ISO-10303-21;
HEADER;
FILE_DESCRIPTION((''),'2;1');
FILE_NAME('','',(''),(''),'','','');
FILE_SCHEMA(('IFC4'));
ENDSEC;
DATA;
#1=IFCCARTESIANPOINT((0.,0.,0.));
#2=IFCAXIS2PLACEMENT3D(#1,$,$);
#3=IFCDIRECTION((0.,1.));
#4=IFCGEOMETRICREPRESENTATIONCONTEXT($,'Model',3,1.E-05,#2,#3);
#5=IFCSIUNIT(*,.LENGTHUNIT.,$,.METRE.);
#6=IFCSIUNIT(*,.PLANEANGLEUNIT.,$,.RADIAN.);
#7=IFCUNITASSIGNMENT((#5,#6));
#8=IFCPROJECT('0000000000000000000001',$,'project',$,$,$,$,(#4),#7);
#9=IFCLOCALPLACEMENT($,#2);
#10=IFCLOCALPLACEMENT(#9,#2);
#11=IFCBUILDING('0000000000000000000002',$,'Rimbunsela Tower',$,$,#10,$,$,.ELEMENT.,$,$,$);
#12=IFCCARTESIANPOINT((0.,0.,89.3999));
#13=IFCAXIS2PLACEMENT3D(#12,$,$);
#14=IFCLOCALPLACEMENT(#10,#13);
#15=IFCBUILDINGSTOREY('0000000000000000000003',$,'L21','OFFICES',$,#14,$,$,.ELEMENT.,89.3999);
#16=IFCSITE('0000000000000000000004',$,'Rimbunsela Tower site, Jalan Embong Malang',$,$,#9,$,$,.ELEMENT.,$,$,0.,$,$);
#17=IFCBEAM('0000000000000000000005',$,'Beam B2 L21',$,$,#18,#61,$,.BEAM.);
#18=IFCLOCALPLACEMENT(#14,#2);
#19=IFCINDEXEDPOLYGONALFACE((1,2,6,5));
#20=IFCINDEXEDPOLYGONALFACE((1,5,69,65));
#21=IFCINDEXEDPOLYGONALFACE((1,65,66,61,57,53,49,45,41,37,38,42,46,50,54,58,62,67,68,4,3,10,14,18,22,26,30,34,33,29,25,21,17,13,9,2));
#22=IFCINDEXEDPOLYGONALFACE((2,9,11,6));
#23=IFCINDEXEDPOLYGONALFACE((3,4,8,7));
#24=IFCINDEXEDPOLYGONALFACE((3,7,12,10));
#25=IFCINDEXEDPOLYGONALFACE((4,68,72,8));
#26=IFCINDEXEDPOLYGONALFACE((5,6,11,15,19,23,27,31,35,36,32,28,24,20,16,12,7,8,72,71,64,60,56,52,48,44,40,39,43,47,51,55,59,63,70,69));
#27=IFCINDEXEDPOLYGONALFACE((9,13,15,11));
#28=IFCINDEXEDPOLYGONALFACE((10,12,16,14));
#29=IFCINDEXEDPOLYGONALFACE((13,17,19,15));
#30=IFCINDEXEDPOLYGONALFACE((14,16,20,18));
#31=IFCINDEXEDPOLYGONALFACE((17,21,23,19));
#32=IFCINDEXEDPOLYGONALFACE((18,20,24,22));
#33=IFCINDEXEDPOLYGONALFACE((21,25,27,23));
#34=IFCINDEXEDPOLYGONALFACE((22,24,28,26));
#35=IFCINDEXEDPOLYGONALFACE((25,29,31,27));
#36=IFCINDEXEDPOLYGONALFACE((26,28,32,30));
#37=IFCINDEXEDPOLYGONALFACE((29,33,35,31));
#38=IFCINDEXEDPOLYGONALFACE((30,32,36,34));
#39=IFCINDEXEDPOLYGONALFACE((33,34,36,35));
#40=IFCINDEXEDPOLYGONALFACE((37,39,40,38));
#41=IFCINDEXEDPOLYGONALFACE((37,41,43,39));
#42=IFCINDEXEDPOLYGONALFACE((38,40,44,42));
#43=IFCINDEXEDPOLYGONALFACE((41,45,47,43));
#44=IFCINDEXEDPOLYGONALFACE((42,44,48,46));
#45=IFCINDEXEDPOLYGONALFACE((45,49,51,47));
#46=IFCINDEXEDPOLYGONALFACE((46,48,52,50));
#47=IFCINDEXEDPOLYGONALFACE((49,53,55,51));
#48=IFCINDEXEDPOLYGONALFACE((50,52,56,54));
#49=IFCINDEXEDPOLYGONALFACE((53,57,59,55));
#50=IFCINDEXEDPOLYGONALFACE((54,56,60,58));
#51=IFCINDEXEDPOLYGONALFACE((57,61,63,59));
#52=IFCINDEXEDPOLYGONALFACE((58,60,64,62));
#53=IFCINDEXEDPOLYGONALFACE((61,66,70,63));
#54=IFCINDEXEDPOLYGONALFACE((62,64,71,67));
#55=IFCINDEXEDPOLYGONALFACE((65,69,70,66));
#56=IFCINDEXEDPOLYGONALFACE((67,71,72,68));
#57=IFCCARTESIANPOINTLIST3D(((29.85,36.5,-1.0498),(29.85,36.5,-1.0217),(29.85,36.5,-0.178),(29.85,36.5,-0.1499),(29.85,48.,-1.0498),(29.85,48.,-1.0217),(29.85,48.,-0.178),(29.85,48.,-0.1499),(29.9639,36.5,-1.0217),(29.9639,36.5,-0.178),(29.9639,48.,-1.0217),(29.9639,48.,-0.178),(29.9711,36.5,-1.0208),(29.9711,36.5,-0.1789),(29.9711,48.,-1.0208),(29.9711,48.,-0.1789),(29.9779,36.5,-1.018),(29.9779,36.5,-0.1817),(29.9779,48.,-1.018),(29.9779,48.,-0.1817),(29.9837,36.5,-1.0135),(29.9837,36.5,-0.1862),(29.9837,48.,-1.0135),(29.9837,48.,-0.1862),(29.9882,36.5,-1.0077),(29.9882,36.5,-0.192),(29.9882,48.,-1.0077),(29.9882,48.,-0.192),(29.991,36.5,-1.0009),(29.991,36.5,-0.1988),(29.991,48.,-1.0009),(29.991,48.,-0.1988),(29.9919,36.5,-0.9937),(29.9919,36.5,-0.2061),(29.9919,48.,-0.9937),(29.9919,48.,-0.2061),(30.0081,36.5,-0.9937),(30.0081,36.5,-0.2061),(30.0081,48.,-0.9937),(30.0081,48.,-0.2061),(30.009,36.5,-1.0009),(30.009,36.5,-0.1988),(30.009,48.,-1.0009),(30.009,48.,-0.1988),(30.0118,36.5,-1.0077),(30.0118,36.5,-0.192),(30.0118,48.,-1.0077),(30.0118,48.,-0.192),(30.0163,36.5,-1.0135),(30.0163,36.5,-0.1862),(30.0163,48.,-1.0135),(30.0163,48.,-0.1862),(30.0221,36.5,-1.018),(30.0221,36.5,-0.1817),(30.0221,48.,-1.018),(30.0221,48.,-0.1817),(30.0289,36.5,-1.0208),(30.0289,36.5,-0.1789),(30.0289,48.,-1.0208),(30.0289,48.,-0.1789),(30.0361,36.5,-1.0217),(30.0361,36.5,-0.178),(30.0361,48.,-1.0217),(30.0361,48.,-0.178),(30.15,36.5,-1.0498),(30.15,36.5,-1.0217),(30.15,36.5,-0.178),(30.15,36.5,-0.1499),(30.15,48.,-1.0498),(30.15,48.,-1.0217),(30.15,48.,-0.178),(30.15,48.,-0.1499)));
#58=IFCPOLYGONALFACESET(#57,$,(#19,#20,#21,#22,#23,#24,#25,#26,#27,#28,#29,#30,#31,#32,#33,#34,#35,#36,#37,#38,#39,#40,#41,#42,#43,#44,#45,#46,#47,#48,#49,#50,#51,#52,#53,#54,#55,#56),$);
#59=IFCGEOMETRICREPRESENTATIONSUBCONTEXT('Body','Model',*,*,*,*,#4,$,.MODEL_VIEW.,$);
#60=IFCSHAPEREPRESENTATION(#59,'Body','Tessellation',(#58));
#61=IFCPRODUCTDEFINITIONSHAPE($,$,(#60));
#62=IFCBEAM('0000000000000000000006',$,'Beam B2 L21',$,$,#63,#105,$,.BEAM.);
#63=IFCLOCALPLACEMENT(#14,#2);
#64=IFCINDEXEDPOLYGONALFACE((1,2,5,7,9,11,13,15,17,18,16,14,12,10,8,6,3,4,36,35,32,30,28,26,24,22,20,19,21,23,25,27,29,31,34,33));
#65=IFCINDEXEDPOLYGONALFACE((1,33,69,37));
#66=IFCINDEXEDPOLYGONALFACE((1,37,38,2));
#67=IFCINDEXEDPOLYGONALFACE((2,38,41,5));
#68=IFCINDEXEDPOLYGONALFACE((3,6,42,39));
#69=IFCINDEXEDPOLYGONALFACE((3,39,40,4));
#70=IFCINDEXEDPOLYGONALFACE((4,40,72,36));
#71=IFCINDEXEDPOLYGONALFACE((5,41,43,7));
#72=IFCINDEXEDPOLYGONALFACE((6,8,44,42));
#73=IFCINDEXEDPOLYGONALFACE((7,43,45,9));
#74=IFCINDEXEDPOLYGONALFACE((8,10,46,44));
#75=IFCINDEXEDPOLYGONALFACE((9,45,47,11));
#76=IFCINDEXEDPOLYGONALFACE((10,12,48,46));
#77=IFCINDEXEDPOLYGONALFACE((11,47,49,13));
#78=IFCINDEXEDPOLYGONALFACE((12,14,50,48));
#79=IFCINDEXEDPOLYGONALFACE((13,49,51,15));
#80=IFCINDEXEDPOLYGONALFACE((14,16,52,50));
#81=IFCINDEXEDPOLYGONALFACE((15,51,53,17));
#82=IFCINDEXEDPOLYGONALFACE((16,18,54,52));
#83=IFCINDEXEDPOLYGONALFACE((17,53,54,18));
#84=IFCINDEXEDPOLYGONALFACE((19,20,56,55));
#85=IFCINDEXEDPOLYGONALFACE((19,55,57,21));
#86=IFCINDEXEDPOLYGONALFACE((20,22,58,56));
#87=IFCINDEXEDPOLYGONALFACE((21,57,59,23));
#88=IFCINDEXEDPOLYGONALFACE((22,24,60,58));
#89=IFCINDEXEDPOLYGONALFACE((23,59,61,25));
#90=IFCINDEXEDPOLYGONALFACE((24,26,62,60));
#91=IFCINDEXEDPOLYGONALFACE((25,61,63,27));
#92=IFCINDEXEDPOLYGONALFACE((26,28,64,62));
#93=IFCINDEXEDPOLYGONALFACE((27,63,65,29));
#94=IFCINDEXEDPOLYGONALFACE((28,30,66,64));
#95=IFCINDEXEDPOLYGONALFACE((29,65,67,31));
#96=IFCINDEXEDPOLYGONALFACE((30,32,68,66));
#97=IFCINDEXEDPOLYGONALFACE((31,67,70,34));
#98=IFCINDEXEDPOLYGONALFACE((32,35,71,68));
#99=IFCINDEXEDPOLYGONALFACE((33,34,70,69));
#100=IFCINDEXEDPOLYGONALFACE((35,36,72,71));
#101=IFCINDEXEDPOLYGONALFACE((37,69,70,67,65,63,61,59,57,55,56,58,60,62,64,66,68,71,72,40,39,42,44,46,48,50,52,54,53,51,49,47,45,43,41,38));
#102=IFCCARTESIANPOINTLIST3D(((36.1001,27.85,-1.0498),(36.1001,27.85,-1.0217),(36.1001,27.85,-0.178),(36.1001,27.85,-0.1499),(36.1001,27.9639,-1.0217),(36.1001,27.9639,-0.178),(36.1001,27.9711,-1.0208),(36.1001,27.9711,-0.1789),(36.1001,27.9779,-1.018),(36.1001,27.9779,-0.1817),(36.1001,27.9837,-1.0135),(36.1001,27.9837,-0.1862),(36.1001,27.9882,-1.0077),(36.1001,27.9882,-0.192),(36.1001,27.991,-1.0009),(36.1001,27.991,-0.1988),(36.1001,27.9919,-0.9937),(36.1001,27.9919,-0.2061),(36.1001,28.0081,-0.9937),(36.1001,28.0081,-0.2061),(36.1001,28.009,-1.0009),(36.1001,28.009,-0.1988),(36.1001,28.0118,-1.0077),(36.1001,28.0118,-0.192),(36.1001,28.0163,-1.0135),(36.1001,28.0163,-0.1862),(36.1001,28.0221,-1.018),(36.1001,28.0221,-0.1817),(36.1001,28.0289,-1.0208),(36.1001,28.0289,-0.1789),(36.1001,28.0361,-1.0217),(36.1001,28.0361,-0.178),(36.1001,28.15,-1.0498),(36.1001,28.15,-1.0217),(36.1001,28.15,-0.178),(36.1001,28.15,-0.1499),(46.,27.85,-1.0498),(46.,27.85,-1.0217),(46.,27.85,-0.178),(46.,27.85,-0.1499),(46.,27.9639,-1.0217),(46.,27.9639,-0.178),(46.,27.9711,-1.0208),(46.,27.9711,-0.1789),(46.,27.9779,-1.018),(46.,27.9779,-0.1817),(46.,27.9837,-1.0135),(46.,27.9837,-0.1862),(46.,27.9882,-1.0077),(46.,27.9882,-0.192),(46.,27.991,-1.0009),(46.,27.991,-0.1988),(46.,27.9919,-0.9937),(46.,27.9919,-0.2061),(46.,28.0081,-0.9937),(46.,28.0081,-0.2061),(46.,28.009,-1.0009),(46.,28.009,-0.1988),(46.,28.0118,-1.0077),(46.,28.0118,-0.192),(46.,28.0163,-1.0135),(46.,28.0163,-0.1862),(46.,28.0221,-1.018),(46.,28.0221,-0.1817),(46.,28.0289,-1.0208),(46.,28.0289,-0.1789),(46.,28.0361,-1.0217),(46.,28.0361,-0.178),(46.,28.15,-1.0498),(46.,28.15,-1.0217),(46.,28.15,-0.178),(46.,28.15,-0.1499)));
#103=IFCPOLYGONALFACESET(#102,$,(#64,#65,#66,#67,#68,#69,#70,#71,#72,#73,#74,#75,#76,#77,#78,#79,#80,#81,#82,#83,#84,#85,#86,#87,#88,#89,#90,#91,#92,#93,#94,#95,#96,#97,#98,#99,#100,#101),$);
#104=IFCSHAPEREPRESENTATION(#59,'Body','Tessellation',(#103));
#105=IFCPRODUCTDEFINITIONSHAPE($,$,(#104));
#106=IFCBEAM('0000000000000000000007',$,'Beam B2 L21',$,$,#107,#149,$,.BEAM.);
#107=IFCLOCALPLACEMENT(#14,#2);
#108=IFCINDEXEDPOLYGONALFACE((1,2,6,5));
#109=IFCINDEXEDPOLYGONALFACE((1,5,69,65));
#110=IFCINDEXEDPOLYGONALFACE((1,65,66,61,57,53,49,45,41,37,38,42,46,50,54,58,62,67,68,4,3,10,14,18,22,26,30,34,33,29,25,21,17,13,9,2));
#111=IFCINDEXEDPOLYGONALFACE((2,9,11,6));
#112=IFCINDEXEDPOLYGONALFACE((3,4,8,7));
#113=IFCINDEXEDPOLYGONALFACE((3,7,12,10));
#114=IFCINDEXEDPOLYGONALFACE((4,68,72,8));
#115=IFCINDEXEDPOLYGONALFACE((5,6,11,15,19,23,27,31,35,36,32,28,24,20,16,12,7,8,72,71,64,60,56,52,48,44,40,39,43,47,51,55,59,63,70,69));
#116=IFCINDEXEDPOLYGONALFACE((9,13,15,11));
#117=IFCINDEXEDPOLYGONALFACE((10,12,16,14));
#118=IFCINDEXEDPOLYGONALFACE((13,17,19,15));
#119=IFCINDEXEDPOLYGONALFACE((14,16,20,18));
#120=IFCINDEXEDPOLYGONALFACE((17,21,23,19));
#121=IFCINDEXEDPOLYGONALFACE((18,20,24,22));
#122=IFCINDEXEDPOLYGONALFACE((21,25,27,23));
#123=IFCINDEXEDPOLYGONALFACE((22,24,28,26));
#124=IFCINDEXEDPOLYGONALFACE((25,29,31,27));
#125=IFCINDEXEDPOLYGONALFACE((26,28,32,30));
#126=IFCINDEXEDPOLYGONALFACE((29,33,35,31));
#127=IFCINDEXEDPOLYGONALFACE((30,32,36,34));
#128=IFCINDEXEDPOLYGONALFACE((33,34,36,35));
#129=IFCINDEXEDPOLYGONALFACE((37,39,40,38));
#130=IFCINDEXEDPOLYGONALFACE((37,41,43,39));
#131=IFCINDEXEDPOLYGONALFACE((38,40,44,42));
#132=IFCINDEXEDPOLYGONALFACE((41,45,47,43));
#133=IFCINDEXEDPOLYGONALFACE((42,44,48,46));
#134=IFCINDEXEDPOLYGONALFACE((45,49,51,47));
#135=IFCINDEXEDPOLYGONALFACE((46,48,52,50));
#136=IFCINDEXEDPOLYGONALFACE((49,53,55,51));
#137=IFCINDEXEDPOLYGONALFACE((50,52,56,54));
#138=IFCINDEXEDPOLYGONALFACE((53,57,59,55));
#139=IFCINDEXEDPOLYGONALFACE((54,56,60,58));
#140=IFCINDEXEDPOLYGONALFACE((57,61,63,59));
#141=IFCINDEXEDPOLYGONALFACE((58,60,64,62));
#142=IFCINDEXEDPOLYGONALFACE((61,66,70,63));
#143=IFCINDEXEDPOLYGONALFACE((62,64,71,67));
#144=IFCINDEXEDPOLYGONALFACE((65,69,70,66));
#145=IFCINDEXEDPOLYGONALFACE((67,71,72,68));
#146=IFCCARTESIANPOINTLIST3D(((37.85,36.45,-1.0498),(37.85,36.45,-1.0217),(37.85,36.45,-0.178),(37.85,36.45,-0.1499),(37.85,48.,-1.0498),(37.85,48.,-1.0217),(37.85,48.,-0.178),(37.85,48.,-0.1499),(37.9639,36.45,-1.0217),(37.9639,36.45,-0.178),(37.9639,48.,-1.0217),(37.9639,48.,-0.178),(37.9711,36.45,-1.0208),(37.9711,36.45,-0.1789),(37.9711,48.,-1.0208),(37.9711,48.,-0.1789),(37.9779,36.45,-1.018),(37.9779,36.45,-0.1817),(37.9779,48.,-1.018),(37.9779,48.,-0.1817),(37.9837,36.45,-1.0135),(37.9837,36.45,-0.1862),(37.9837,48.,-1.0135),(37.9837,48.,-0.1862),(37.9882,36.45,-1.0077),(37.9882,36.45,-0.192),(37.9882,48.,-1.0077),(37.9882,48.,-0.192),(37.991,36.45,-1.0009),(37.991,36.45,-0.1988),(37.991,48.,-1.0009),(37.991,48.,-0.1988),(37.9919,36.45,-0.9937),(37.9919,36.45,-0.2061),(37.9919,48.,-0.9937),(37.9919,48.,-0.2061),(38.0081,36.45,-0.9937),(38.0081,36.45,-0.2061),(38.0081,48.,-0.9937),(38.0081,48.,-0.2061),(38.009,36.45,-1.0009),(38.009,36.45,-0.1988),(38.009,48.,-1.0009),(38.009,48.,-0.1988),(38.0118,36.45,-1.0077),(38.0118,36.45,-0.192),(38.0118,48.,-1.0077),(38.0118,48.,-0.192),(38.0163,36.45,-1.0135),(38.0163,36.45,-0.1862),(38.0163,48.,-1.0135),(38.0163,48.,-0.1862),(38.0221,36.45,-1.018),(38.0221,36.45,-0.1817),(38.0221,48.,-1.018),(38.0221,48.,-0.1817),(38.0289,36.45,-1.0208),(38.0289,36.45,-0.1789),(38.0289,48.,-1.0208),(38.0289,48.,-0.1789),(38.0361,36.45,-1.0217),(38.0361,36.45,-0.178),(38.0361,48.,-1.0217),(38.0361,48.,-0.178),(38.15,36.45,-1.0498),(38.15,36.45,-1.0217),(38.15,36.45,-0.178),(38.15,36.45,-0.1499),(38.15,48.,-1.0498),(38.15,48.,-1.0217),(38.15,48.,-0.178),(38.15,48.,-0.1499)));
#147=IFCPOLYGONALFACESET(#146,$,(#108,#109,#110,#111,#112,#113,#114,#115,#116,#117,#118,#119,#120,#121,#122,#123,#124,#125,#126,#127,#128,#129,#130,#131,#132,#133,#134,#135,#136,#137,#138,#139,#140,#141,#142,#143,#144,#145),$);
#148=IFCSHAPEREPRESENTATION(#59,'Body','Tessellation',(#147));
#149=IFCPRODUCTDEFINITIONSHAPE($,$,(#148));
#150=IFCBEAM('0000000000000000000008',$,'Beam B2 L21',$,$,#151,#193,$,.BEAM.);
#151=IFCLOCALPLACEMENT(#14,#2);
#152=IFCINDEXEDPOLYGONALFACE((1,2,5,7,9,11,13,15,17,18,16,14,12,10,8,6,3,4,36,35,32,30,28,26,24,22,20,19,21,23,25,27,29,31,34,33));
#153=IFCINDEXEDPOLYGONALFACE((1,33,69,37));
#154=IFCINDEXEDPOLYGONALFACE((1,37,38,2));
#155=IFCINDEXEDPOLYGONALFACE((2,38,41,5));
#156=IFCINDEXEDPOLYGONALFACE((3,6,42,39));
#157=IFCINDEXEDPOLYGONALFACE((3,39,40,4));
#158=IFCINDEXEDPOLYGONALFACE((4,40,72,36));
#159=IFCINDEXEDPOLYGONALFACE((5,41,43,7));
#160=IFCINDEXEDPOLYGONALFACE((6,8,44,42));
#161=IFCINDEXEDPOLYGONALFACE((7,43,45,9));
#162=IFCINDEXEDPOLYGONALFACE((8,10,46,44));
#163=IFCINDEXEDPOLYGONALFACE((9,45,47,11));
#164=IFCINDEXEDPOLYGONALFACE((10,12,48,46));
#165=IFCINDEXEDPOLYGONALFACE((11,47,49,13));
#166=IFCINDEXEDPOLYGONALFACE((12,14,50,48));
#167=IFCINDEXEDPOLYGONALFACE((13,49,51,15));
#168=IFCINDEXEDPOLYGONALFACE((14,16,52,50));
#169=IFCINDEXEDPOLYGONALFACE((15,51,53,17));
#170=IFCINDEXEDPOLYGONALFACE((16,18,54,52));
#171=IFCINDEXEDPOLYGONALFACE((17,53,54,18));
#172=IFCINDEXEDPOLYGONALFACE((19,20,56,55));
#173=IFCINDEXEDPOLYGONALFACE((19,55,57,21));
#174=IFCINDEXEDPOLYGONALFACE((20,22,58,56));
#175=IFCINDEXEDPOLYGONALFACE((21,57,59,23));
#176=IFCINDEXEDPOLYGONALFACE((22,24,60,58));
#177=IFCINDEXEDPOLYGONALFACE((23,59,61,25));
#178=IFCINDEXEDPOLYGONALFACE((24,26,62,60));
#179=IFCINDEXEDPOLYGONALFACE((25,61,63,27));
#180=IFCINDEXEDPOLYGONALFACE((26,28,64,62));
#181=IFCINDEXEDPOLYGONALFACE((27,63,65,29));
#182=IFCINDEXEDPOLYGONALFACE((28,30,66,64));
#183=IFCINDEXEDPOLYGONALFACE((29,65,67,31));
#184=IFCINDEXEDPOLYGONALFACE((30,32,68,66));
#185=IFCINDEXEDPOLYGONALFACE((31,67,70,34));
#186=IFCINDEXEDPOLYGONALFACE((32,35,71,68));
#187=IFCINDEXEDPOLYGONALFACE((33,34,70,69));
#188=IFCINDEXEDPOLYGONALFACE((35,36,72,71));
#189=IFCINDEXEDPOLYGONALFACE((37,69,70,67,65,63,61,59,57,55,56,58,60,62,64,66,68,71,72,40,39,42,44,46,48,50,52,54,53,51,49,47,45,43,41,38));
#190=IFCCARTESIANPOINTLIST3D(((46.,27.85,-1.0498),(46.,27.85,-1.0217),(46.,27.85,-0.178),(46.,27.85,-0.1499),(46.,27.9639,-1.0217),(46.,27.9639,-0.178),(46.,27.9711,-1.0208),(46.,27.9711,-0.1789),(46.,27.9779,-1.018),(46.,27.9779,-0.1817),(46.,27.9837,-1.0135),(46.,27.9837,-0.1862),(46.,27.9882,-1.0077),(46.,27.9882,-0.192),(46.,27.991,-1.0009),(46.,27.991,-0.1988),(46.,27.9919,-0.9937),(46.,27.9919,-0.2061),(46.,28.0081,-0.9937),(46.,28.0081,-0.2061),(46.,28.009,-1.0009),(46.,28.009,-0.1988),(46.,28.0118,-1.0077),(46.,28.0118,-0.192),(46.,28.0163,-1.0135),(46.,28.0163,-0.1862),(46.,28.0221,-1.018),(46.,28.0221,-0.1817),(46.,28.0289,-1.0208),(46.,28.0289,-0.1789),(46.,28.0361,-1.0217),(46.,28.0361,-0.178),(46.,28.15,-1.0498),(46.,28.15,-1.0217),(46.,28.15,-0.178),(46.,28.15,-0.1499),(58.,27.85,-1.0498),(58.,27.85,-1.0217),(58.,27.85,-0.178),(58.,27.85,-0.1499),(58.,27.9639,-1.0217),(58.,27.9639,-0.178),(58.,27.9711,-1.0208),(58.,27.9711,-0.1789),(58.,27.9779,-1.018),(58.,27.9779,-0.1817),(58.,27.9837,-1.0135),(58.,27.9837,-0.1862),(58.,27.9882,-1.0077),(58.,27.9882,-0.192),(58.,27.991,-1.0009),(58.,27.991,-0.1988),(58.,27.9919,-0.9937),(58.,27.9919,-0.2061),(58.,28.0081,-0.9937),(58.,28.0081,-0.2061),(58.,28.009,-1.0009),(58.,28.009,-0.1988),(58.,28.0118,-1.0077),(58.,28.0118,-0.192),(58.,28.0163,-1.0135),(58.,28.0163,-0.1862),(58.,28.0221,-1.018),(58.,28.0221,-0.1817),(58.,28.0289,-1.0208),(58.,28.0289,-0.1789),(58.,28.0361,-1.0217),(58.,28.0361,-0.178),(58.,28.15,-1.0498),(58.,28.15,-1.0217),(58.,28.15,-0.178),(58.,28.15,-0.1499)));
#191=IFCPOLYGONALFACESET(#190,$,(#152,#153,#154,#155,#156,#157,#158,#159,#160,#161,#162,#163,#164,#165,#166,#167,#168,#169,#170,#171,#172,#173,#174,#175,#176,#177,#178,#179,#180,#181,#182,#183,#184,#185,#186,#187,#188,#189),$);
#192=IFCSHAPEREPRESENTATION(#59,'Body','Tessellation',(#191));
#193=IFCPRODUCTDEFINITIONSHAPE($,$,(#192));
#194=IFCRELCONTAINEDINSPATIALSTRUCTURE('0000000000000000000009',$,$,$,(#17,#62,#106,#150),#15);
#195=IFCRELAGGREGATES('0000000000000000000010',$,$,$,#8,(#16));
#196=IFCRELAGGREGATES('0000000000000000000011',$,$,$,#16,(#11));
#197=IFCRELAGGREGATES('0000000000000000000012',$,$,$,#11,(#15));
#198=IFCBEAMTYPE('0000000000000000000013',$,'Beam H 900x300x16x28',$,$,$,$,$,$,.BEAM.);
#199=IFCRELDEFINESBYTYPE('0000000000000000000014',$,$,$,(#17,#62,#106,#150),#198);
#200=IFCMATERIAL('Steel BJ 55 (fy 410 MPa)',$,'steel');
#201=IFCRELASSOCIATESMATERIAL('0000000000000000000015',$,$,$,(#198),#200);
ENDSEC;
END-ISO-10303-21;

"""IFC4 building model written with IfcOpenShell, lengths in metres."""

from ifc_helpers import new_model, si_unit, direction, frame, origin, origin_2d, place, context, subcontext, project, spatial, i_section, extrude, material, material_profile, profile_set, type_object, element, save


model = new_model("IFC4")

# Units and contexts
model_context = context("Model", 3, precision=1e-05, world=origin(), true_north=direction((0.0, 1.0)))
body_context = subcontext(model_context, "Body", "Model", "MODEL_VIEW")
ifc_project = project(units=[si_unit("LENGTHUNIT", "METRE"), si_unit("PLANEANGLEUNIT", "RADIAN")], contexts=[model_context])

# Site, building, storey
site_placement = place(None, origin())
site = spatial("IfcSite", under=ifc_project, at=site_placement, Name="Rimbunsela Tower site, Jalan Embong Malang", CompositionType="ELEMENT", RefElevation=0.0)
building_placement = place(site_placement, origin())
building = spatial("IfcBuilding", under=site, at=building_placement, Name="Rimbunsela Tower", CompositionType="ELEMENT")
storey_placement = place(building_placement, frame((0.0, 0.0, 89.3999)))
storey = spatial("IfcBuildingStorey", under=building, at=storey_placement, Name="L21", Description="OFFICES", CompositionType="ELEMENT", Elevation=89.3999)

# Beams
ifc_material_1 = material(Name="Steel BJ 55 (fy 410 MPa)", Category="steel")
ifc_material_profile_1 = material_profile(ifc_material_1, i_section(OverallWidth=0.3, OverallDepth=0.8999, WebThickness=0.0161, FlangeThickness=0.0281, FilletRadius=0.0281, at=origin_2d()), Name="H 900x300x16x28")
ifc_profile_set_1 = profile_set([ifc_material_profile_1], Name="Steel BJ 55 (fy 410 MPa)")
beam_type_1 = type_object("IfcBeamType", Name="Beam H 900x300x16x28", PredefinedType="BEAM", material=ifc_profile_set_1)
beam_1_placement = place(storey_placement, frame((30.0, 36.5, -0.5999), z_axis=(0.0, 1.0, 0.0), x_axis=(-1.0, 0.0, 0.0)))
element("IfcBeam", 1, at=beam_1_placement, inside=storey, type_object=beam_type_1, Name="Beam B2 L21", PredefinedType="BEAM", context=body_context, shape_type="SweptSolid", body=[
    extrude(i_section(OverallWidth=0.3, OverallDepth=0.8999, WebThickness=0.0161, FlangeThickness=0.0281, FilletRadius=0.0281, at=origin_2d()), origin(), (0.0, 0.0, 1.0), 11.5),
])
beam_2_placement = place(storey_placement, frame((36.1001, 28.0, -0.5999), z_axis=(1.0, 0.0, 0.0), x_axis=(0.0, 1.0, 0.0)))
element("IfcBeam", 2, at=beam_2_placement, inside=storey, type_object=beam_type_1, Name="Beam B2 L21", PredefinedType="BEAM", context=body_context, shape_type="SweptSolid", body=[
    extrude(i_section(OverallWidth=0.3, OverallDepth=0.8999, WebThickness=0.0161, FlangeThickness=0.0281, FilletRadius=0.0281, at=origin_2d()), origin(), (0.0, 0.0, 1.0), 9.8999),
])
beam_3_placement = place(storey_placement, frame((38.0, 36.45, -0.5999), z_axis=(0.0, 1.0, 0.0), x_axis=(-1.0, 0.0, 0.0)))
element("IfcBeam", 3, at=beam_3_placement, inside=storey, type_object=beam_type_1, Name="Beam B2 L21", PredefinedType="BEAM", context=body_context, shape_type="SweptSolid", body=[
    extrude(i_section(OverallWidth=0.3, OverallDepth=0.8999, WebThickness=0.0161, FlangeThickness=0.0281, FilletRadius=0.0281, at=origin_2d()), origin(), (0.0, 0.0, 1.0), 11.55),
])
beam_4_placement = place(storey_placement, frame((46.0, 28.0, -0.5999), z_axis=(1.0, 0.0, 0.0), x_axis=(0.0, 1.0, 0.0)))
element("IfcBeam", 4, at=beam_4_placement, inside=storey, type_object=beam_type_1, Name="Beam B2 L21", PredefinedType="BEAM", context=body_context, shape_type="SweptSolid", body=[
    extrude(i_section(OverallWidth=0.3, OverallDepth=0.8999, WebThickness=0.0161, FlangeThickness=0.0281, FilletRadius=0.0281, at=origin_2d()), origin(), (0.0, 0.0, 1.0), 12.0),
])

save(model, "model.ifc")
